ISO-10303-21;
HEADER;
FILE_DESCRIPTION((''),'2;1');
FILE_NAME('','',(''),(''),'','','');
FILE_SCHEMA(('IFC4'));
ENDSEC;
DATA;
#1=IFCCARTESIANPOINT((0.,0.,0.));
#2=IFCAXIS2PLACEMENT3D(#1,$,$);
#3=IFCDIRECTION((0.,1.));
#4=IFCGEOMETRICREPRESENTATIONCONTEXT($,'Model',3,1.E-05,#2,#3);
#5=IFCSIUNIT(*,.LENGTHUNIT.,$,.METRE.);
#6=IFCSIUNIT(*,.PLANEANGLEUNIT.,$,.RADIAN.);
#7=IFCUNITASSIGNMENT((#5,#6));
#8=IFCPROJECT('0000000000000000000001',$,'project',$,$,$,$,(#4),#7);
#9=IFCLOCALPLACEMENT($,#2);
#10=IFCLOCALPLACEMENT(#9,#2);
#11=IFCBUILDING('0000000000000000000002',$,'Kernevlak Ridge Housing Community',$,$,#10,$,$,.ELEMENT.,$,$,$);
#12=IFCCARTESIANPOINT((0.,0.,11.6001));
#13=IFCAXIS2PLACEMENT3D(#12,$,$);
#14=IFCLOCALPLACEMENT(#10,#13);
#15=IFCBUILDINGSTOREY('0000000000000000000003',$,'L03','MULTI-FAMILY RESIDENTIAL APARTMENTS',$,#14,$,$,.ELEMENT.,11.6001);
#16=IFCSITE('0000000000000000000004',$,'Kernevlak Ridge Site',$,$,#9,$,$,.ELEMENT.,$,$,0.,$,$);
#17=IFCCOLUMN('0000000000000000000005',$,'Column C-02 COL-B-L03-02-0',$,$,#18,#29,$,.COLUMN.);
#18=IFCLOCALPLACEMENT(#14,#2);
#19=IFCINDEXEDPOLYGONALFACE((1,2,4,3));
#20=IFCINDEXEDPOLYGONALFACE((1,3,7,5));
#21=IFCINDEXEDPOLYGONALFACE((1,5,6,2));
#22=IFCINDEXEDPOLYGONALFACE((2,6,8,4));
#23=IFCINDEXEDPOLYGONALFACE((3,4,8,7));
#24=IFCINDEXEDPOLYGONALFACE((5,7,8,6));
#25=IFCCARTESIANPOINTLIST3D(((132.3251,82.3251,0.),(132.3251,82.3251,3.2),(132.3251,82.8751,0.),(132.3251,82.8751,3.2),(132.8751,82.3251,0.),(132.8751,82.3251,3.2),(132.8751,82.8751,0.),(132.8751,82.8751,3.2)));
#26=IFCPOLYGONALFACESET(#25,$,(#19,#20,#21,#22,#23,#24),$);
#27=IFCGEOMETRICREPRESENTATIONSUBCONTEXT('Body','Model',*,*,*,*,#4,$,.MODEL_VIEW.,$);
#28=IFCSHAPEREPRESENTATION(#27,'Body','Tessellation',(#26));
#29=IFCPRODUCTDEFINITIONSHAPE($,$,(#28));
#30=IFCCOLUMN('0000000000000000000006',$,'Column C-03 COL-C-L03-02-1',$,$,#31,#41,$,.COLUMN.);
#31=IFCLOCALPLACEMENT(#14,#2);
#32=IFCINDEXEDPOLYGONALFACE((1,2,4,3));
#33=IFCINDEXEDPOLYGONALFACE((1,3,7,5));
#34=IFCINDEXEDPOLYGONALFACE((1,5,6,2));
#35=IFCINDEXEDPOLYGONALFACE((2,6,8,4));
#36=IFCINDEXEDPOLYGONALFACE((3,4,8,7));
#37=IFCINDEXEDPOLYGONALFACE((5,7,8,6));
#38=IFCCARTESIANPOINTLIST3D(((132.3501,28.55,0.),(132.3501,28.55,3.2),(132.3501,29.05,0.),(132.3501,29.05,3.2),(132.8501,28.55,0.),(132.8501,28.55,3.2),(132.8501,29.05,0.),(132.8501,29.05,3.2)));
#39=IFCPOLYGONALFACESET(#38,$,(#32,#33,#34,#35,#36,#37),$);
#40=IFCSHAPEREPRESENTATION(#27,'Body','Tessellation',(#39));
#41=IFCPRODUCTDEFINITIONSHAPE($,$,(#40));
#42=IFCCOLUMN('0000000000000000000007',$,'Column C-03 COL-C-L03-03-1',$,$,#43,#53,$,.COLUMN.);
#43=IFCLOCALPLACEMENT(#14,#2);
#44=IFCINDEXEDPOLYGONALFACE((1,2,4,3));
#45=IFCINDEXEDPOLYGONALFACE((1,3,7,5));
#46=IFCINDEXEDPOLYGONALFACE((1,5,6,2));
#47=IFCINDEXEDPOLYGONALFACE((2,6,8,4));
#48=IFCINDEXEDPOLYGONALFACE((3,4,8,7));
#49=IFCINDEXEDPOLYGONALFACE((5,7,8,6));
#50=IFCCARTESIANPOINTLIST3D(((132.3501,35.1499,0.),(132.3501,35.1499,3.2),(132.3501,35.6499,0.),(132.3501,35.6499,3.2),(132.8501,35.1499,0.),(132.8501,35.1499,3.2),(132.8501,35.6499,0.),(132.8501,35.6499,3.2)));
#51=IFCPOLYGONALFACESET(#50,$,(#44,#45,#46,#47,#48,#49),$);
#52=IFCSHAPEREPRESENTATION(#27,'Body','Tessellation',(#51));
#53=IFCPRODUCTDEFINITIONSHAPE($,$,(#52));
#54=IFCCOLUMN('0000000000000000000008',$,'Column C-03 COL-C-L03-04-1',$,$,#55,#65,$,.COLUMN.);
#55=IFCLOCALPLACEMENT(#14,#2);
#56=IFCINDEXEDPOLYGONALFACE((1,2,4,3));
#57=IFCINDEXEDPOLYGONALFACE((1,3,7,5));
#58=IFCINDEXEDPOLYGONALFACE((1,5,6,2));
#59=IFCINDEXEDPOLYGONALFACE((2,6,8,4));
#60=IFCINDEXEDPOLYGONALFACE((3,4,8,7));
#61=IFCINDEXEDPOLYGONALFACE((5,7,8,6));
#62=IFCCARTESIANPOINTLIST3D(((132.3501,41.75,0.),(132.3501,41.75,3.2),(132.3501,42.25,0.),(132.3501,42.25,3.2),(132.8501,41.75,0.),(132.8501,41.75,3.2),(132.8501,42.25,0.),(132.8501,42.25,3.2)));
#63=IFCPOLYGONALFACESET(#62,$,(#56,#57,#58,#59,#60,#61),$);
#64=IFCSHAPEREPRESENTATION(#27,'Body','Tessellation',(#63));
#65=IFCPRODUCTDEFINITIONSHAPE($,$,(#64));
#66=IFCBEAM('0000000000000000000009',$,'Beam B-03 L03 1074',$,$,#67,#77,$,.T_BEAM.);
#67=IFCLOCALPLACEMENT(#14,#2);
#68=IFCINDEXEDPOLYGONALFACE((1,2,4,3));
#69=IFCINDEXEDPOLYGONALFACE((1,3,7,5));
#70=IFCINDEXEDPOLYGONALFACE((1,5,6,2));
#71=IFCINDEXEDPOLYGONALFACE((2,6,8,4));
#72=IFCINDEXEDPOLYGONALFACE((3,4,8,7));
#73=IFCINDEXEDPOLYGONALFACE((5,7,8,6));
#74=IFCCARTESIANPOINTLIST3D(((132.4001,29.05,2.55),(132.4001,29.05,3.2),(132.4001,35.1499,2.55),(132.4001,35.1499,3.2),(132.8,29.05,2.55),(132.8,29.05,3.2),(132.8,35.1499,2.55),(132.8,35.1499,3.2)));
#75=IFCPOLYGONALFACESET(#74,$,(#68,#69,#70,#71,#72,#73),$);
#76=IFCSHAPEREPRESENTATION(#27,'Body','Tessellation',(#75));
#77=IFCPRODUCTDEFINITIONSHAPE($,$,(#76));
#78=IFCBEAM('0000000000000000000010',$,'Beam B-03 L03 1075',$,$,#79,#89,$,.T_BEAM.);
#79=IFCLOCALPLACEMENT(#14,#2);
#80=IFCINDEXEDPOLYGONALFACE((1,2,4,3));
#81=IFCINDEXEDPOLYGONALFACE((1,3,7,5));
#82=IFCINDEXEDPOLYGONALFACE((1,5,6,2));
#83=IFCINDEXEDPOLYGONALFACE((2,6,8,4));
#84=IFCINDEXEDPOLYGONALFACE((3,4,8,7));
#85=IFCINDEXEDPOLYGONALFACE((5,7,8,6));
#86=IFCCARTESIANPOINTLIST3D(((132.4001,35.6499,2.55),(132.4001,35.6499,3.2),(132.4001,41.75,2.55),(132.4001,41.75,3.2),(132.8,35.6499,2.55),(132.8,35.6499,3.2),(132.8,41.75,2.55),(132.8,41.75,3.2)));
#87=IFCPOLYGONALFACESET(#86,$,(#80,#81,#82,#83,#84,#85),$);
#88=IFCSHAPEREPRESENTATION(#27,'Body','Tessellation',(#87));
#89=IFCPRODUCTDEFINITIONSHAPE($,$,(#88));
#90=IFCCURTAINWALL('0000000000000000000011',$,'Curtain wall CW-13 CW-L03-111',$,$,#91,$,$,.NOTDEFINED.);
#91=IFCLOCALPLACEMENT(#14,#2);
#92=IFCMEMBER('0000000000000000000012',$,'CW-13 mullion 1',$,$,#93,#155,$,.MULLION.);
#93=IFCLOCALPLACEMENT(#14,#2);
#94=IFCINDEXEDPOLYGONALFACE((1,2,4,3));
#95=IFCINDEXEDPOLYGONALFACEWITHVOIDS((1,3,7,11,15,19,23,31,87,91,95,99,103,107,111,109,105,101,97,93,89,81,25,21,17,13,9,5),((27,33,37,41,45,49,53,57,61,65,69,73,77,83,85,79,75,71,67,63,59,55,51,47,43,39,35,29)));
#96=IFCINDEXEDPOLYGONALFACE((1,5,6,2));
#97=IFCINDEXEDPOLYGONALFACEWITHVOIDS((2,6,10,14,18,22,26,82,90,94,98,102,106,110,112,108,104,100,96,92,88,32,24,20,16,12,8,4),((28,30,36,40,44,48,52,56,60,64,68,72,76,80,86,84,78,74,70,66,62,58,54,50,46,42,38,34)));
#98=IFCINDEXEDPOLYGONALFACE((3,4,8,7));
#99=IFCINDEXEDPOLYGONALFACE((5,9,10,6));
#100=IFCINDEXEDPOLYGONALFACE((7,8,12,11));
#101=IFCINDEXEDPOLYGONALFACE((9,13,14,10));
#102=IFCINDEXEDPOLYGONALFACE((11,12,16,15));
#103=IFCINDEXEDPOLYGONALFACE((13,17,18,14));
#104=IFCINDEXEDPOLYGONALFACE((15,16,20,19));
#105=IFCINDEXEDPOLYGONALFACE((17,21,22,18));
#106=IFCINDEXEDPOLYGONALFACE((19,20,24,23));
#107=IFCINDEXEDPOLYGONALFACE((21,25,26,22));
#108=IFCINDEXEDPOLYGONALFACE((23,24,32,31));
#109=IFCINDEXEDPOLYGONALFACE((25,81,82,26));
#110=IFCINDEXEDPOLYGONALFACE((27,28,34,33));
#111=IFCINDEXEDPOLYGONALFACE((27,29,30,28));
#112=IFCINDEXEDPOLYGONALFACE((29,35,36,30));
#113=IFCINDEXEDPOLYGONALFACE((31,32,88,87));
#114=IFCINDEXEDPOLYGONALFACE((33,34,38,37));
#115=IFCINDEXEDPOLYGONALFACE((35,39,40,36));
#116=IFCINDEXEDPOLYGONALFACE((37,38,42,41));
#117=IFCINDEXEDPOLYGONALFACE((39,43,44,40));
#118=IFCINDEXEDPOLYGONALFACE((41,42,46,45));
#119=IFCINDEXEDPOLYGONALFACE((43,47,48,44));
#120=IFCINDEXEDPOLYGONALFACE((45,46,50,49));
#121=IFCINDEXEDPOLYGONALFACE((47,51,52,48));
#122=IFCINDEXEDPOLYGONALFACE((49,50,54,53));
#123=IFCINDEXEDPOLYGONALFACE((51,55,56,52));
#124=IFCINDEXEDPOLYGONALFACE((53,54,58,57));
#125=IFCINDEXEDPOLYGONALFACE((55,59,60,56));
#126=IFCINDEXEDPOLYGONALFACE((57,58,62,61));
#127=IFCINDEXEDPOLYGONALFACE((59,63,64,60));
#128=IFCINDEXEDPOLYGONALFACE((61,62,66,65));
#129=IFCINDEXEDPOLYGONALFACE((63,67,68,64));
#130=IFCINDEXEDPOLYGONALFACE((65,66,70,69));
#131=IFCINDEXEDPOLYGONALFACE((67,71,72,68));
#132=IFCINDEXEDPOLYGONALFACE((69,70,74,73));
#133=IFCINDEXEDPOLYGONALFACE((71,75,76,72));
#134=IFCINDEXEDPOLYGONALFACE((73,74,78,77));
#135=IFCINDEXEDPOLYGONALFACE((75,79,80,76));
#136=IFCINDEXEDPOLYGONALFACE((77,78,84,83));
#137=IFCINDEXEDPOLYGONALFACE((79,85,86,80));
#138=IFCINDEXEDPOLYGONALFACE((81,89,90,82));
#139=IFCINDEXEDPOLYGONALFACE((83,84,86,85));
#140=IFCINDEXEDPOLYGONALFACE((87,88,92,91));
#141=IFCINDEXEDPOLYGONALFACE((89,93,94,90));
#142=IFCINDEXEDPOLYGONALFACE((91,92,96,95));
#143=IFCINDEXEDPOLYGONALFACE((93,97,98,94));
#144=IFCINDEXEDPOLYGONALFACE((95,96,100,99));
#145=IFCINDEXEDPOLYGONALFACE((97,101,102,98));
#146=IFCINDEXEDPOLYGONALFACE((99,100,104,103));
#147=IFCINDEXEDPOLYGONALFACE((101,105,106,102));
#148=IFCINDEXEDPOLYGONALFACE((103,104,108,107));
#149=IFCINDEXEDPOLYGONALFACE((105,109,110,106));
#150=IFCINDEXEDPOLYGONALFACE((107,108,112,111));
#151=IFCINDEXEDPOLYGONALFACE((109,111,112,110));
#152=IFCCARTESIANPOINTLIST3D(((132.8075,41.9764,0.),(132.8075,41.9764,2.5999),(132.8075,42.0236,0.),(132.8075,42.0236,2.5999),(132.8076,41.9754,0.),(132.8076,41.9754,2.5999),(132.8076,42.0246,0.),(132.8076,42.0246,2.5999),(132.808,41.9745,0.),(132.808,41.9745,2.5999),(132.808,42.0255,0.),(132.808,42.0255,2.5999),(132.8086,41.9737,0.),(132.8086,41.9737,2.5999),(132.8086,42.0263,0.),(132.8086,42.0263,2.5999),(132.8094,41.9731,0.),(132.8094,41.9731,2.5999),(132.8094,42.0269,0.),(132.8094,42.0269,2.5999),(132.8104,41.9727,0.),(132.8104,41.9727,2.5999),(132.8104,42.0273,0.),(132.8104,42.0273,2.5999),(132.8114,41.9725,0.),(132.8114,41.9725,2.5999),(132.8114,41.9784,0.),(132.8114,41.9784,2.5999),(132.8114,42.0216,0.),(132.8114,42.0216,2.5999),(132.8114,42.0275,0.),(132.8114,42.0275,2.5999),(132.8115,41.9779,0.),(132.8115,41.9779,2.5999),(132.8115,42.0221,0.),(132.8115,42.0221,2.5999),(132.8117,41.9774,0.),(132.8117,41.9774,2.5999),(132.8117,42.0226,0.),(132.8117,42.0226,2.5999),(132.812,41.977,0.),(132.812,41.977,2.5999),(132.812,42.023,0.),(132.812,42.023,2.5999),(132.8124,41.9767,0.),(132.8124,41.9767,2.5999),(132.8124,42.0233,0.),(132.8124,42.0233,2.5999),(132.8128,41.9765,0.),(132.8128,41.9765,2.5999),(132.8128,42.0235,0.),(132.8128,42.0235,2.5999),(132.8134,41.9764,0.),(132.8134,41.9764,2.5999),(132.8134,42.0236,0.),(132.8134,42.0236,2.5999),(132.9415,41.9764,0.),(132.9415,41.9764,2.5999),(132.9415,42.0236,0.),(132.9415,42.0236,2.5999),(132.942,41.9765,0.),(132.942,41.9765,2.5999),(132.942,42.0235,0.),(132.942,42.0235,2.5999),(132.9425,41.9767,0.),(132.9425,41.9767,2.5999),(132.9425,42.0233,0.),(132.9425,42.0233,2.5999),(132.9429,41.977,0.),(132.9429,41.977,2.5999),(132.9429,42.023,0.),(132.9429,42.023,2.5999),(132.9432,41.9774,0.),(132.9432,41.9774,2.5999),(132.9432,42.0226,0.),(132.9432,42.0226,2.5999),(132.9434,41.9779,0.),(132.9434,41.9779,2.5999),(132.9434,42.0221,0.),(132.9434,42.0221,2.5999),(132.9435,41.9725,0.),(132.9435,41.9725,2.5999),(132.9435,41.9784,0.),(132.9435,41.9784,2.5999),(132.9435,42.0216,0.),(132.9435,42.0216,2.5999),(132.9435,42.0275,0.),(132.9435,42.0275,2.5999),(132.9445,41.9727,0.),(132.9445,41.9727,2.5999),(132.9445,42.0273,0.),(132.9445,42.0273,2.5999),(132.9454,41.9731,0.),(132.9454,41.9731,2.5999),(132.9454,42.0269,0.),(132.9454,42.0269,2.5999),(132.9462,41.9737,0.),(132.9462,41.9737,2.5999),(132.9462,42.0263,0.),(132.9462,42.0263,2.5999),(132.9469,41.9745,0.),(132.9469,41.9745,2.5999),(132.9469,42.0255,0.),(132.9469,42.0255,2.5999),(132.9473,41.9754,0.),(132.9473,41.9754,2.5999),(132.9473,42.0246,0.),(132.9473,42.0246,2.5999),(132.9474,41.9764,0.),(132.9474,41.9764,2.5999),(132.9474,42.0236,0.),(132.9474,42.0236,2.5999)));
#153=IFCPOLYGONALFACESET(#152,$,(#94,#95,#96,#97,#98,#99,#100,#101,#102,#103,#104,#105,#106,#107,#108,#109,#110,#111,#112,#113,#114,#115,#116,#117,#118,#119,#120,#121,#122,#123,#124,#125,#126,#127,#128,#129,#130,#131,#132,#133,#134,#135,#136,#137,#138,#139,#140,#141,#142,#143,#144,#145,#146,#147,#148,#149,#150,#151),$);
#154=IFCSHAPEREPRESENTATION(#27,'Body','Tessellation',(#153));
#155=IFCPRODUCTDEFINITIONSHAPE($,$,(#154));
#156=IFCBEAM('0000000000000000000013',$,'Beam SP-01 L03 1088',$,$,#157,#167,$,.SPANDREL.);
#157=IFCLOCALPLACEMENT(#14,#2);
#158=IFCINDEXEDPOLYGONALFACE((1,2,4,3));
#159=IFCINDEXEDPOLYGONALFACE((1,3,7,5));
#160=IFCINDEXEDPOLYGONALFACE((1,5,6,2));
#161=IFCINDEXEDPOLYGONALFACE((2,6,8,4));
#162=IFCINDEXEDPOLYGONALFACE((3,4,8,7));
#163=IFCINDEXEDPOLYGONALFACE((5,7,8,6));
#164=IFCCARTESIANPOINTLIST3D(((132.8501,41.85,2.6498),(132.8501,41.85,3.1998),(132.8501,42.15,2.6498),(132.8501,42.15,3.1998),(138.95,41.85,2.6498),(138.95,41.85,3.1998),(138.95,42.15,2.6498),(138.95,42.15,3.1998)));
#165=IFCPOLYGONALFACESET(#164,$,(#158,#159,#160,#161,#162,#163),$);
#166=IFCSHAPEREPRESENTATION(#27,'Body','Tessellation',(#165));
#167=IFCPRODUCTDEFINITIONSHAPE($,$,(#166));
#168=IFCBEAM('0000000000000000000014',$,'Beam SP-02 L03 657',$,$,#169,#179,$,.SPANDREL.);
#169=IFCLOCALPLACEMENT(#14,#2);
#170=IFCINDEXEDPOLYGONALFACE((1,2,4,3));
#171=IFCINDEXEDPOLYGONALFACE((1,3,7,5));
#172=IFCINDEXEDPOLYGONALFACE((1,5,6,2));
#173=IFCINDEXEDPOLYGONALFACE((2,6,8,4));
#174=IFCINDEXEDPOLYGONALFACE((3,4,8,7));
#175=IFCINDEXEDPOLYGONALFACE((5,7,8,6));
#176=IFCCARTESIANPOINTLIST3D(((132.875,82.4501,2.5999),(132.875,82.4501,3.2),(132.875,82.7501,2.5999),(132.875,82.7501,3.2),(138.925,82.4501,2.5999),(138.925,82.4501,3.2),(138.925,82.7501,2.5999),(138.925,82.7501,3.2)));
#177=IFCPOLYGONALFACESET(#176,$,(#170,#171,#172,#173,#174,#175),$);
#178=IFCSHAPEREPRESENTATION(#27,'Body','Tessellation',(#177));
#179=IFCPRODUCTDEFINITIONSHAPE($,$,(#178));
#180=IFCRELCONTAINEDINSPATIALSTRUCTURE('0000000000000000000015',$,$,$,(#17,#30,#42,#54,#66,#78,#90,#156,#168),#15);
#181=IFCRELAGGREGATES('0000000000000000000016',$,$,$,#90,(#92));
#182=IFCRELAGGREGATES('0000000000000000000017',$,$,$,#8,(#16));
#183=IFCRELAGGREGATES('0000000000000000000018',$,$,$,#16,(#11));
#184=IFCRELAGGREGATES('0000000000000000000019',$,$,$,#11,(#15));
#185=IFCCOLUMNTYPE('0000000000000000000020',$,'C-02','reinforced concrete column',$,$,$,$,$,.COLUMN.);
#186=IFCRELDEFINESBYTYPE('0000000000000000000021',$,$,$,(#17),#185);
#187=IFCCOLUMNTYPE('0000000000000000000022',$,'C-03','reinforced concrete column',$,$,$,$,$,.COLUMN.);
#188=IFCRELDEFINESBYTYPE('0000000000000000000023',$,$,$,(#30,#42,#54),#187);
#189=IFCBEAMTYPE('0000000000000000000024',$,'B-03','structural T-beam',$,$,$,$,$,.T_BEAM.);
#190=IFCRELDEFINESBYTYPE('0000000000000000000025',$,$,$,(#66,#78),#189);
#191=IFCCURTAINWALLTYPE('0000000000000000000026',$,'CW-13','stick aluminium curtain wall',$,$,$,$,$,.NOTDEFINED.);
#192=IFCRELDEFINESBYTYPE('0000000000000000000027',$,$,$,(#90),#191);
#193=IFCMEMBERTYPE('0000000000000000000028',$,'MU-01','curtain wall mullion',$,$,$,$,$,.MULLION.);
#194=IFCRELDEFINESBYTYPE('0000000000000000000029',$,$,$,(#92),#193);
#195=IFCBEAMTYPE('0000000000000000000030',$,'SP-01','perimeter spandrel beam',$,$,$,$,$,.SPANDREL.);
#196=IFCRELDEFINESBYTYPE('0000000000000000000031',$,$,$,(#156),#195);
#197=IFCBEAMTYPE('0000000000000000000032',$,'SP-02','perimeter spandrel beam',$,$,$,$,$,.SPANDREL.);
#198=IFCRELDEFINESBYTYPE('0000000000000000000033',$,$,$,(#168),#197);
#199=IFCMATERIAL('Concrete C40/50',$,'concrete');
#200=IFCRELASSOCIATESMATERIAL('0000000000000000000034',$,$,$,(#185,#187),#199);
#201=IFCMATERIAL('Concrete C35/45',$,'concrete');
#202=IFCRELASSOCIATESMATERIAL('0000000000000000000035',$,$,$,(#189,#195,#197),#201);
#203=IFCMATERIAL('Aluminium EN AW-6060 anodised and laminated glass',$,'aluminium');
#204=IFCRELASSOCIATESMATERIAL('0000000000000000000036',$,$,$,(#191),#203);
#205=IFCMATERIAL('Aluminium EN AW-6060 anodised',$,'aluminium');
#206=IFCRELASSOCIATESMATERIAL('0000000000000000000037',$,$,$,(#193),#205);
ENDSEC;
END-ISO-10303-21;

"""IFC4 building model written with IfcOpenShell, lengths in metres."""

from ifc_helpers import new_model, si_unit, direction, frame, origin, origin_2d, place, context, subcontext, project, spatial, rectangle, hollow_rectangle, extrude, material, material_profile, profile_set, type_object, element, aggregate, save


model = new_model("IFC4")

# Units and contexts
model_context = context("Model", 3, precision=1e-05, world=origin(), true_north=direction((0.0, 1.0)))
body_context = subcontext(model_context, "Body", "Model", "MODEL_VIEW")
ifc_project = project(units=[si_unit("LENGTHUNIT", "METRE"), si_unit("PLANEANGLEUNIT", "RADIAN")], contexts=[model_context])

# Site, building, storey
site_placement = place(None, origin())
site = spatial("IfcSite", under=ifc_project, at=site_placement, Name="Kernevlak Ridge Site", CompositionType="ELEMENT", RefElevation=0.0)
building_placement = place(site_placement, origin())
building = spatial("IfcBuilding", under=site, at=building_placement, Name="Kernevlak Ridge Housing Community", CompositionType="ELEMENT")
storey_placement = place(building_placement, frame((0.0, 0.0, 11.6001)))
storey = spatial("IfcBuildingStorey", under=building, at=storey_placement, Name="L03", Description="MULTI-FAMILY RESIDENTIAL APARTMENTS", CompositionType="ELEMENT", Elevation=11.6001)

# Columns
ifc_material_1 = material(Name="Concrete C40/50", Category="concrete")
ifc_material_profile_1 = material_profile(ifc_material_1, rectangle(XDim=0.55, YDim=0.55, at=origin_2d()), Name="RC 550x550")
ifc_profile_set_1 = profile_set([ifc_material_profile_1], Name="Concrete C40/50")
column_type_1 = type_object("IfcColumnType", Name="C-02", Description="reinforced concrete column", PredefinedType="COLUMN", material=ifc_profile_set_1)
column_placement = place(storey_placement, frame((132.6001, 82.6001, 0.0), z_axis=(0.0, 0.0, 1.0), x_axis=(1.0, 0.0, 0.0)))
element("IfcColumn", 1, at=column_placement, inside=storey, type_object=column_type_1, Name="Column C-02 COL-B-L03-02-0", PredefinedType="COLUMN", context=body_context, shape_type="SweptSolid", body=[
    extrude(rectangle(XDim=0.55, YDim=0.55, at=origin_2d()), origin(), (0.0, 0.0, 1.0), 3.2),
])
ifc_material_profile_2 = material_profile(ifc_material_1, rectangle(XDim=0.5, YDim=0.5, at=origin_2d()), Name="RC 500x500")
ifc_profile_set_2 = profile_set([ifc_material_profile_2], Name="Concrete C40/50")
column_type_2 = type_object("IfcColumnType", Name="C-03", Description="reinforced concrete column", PredefinedType="COLUMN", material=ifc_profile_set_2)
for number, where, z_axis, x_axis, name in (
    (2, (132.6001, 28.8, 0.0), (0.0, 0.0, 1.0), (1.0, 0.0, 0.0), "Column C-03 COL-C-L03-02-1"),
    (3, (132.6001, 35.3999, 0.0), (0.0, 0.0, 1.0), (1.0, 0.0, 0.0), "Column C-03 COL-C-L03-03-1"),
    (4, (132.6001, 42.0, 0.0), (0.0, 0.0, 1.0), (1.0, 0.0, 0.0), "Column C-03 COL-C-L03-04-1"),
):
    element("IfcColumn", number, at=place(storey_placement, frame(where, z_axis=z_axis, x_axis=x_axis)), inside=storey, type_object=column_type_2, Name=name, PredefinedType="COLUMN", context=body_context, shape_type="SweptSolid", body=[
        extrude(rectangle(XDim=0.5, YDim=0.5, at=origin_2d()), origin(), (0.0, 0.0, 1.0), 3.2),
    ])

# Beams
ifc_material_2 = material(Name="Concrete C35/45", Category="concrete")
ifc_material_profile_3 = material_profile(ifc_material_2, rectangle(XDim=0.3999, YDim=0.6499, at=origin_2d()), Name="RC 400x650")
ifc_profile_set_3 = profile_set([ifc_material_profile_3], Name="Concrete C35/45")
beam_type_1 = type_object("IfcBeamType", Name="B-03", Description="structural T-beam", PredefinedType="T_BEAM", material=ifc_profile_set_3)
beam_1_placement = place(storey_placement, frame((132.6001, 29.05, 2.875), z_axis=(0.0, 1.0, 0.0), x_axis=(-1.0, 0.0, 0.0)))
element("IfcBeam", 5, at=beam_1_placement, inside=storey, type_object=beam_type_1, Name="Beam B-03 L03 1074", PredefinedType="T_BEAM", context=body_context, shape_type="SweptSolid", body=[
    extrude(rectangle(XDim=0.3999, YDim=0.6499, at=origin_2d()), origin(), (0.0, 0.0, 1.0), 6.0999),
])
beam_2_placement = place(storey_placement, frame((132.6001, 35.6499, 2.875), z_axis=(0.0, 1.0, 0.0), x_axis=(-1.0, 0.0, 0.0)))
element("IfcBeam", 6, at=beam_2_placement, inside=storey, type_object=beam_type_1, Name="Beam B-03 L03 1075", PredefinedType="T_BEAM", context=body_context, shape_type="SweptSolid", body=[
    extrude(rectangle(XDim=0.3999, YDim=0.6499, at=origin_2d()), origin(), (0.0, 0.0, 1.0), 6.1001),
])

# Curtain wall, member
ifc_material_3 = material(Name="Aluminium EN AW-6060 anodised and laminated glass", Category="aluminium")
curtain_wall_type = type_object("IfcCurtainWallType", Name="CW-13", Description="stick aluminium curtain wall", PredefinedType="NOTDEFINED", material=ifc_material_3)
curtain_wall_placement = place(storey_placement, origin())
curtain_wall = element("IfcCurtainWall", 7, at=curtain_wall_placement, inside=storey, type_object=curtain_wall_type, Name="Curtain wall CW-13 CW-L03-111", PredefinedType="NOTDEFINED")
ifc_material_4 = material(Name="Aluminium EN AW-6060 anodised", Category="aluminium")
ifc_material_profile_4 = material_profile(ifc_material_4, hollow_rectangle(XDim=0.0549, YDim=0.1399, WallThickness=0.0039, InnerFilletRadius=0.002, OuterFilletRadius=0.0039, at=origin_2d()), Name="ALU 55x140x4")
ifc_profile_set_4 = profile_set([ifc_material_profile_4], Name="Aluminium EN AW-6060 anodised")
member_type_1 = type_object("IfcMemberType", Name="MU-01", Description="curtain wall mullion", PredefinedType="MULLION", material=ifc_profile_set_4)
member_1_placement = place(storey_placement, frame((132.8774, 42.0, 0.0), z_axis=(0.0, 0.0, 1.0), x_axis=(0.0, 1.0, 0.0)))
member_1 = element("IfcMember", 8, at=member_1_placement, type_object=member_type_1, Name="CW-13 mullion 1", PredefinedType="MULLION", context=body_context, shape_type="SweptSolid", body=[
    extrude(hollow_rectangle(XDim=0.0549, YDim=0.1399, WallThickness=0.0039, InnerFilletRadius=0.002, OuterFilletRadius=0.0039, at=origin_2d()), origin(), (0.0, 0.0, 1.0), 2.5999),
])

# Beams
ifc_material_profile_5 = material_profile(ifc_material_2, rectangle(XDim=0.3, YDim=0.55, at=origin_2d()), Name="RC 300x550")
ifc_profile_set_5 = profile_set([ifc_material_profile_5], Name="Concrete C35/45")
beam_type_2 = type_object("IfcBeamType", Name="SP-01", Description="perimeter spandrel beam", PredefinedType="SPANDREL", material=ifc_profile_set_5)
beam_3_placement = place(storey_placement, frame((132.8501, 42.0, 2.9248), z_axis=(1.0, 0.0, 0.0), x_axis=(0.0, 1.0, 0.0)))
element("IfcBeam", 9, at=beam_3_placement, inside=storey, type_object=beam_type_2, Name="Beam SP-01 L03 1088", PredefinedType="SPANDREL", context=body_context, shape_type="SweptSolid", body=[
    extrude(rectangle(XDim=0.3, YDim=0.55, at=origin_2d()), origin(), (0.0, 0.0, 1.0), 6.0999),
])
ifc_material_profile_6 = material_profile(ifc_material_2, rectangle(XDim=0.3, YDim=0.6001, at=origin_2d()), Name="RC 300x600")
ifc_profile_set_6 = profile_set([ifc_material_profile_6], Name="Concrete C35/45")
beam_type_3 = type_object("IfcBeamType", Name="SP-02", Description="perimeter spandrel beam", PredefinedType="SPANDREL", material=ifc_profile_set_6)
beam_4_placement = place(storey_placement, frame((132.875, 82.6001, 2.8999), z_axis=(1.0, 0.0, 0.0), x_axis=(0.0, 1.0, 0.0)))
element("IfcBeam", 10, at=beam_4_placement, inside=storey, type_object=beam_type_3, Name="Beam SP-02 L03 657", PredefinedType="SPANDREL", context=body_context, shape_type="SweptSolid", body=[
    extrude(rectangle(XDim=0.3, YDim=0.6001, at=origin_2d()), origin(), (0.0, 0.0, 1.0), 6.05),
])

aggregate(curtain_wall, [member_1])

save(model, "model.ifc")
